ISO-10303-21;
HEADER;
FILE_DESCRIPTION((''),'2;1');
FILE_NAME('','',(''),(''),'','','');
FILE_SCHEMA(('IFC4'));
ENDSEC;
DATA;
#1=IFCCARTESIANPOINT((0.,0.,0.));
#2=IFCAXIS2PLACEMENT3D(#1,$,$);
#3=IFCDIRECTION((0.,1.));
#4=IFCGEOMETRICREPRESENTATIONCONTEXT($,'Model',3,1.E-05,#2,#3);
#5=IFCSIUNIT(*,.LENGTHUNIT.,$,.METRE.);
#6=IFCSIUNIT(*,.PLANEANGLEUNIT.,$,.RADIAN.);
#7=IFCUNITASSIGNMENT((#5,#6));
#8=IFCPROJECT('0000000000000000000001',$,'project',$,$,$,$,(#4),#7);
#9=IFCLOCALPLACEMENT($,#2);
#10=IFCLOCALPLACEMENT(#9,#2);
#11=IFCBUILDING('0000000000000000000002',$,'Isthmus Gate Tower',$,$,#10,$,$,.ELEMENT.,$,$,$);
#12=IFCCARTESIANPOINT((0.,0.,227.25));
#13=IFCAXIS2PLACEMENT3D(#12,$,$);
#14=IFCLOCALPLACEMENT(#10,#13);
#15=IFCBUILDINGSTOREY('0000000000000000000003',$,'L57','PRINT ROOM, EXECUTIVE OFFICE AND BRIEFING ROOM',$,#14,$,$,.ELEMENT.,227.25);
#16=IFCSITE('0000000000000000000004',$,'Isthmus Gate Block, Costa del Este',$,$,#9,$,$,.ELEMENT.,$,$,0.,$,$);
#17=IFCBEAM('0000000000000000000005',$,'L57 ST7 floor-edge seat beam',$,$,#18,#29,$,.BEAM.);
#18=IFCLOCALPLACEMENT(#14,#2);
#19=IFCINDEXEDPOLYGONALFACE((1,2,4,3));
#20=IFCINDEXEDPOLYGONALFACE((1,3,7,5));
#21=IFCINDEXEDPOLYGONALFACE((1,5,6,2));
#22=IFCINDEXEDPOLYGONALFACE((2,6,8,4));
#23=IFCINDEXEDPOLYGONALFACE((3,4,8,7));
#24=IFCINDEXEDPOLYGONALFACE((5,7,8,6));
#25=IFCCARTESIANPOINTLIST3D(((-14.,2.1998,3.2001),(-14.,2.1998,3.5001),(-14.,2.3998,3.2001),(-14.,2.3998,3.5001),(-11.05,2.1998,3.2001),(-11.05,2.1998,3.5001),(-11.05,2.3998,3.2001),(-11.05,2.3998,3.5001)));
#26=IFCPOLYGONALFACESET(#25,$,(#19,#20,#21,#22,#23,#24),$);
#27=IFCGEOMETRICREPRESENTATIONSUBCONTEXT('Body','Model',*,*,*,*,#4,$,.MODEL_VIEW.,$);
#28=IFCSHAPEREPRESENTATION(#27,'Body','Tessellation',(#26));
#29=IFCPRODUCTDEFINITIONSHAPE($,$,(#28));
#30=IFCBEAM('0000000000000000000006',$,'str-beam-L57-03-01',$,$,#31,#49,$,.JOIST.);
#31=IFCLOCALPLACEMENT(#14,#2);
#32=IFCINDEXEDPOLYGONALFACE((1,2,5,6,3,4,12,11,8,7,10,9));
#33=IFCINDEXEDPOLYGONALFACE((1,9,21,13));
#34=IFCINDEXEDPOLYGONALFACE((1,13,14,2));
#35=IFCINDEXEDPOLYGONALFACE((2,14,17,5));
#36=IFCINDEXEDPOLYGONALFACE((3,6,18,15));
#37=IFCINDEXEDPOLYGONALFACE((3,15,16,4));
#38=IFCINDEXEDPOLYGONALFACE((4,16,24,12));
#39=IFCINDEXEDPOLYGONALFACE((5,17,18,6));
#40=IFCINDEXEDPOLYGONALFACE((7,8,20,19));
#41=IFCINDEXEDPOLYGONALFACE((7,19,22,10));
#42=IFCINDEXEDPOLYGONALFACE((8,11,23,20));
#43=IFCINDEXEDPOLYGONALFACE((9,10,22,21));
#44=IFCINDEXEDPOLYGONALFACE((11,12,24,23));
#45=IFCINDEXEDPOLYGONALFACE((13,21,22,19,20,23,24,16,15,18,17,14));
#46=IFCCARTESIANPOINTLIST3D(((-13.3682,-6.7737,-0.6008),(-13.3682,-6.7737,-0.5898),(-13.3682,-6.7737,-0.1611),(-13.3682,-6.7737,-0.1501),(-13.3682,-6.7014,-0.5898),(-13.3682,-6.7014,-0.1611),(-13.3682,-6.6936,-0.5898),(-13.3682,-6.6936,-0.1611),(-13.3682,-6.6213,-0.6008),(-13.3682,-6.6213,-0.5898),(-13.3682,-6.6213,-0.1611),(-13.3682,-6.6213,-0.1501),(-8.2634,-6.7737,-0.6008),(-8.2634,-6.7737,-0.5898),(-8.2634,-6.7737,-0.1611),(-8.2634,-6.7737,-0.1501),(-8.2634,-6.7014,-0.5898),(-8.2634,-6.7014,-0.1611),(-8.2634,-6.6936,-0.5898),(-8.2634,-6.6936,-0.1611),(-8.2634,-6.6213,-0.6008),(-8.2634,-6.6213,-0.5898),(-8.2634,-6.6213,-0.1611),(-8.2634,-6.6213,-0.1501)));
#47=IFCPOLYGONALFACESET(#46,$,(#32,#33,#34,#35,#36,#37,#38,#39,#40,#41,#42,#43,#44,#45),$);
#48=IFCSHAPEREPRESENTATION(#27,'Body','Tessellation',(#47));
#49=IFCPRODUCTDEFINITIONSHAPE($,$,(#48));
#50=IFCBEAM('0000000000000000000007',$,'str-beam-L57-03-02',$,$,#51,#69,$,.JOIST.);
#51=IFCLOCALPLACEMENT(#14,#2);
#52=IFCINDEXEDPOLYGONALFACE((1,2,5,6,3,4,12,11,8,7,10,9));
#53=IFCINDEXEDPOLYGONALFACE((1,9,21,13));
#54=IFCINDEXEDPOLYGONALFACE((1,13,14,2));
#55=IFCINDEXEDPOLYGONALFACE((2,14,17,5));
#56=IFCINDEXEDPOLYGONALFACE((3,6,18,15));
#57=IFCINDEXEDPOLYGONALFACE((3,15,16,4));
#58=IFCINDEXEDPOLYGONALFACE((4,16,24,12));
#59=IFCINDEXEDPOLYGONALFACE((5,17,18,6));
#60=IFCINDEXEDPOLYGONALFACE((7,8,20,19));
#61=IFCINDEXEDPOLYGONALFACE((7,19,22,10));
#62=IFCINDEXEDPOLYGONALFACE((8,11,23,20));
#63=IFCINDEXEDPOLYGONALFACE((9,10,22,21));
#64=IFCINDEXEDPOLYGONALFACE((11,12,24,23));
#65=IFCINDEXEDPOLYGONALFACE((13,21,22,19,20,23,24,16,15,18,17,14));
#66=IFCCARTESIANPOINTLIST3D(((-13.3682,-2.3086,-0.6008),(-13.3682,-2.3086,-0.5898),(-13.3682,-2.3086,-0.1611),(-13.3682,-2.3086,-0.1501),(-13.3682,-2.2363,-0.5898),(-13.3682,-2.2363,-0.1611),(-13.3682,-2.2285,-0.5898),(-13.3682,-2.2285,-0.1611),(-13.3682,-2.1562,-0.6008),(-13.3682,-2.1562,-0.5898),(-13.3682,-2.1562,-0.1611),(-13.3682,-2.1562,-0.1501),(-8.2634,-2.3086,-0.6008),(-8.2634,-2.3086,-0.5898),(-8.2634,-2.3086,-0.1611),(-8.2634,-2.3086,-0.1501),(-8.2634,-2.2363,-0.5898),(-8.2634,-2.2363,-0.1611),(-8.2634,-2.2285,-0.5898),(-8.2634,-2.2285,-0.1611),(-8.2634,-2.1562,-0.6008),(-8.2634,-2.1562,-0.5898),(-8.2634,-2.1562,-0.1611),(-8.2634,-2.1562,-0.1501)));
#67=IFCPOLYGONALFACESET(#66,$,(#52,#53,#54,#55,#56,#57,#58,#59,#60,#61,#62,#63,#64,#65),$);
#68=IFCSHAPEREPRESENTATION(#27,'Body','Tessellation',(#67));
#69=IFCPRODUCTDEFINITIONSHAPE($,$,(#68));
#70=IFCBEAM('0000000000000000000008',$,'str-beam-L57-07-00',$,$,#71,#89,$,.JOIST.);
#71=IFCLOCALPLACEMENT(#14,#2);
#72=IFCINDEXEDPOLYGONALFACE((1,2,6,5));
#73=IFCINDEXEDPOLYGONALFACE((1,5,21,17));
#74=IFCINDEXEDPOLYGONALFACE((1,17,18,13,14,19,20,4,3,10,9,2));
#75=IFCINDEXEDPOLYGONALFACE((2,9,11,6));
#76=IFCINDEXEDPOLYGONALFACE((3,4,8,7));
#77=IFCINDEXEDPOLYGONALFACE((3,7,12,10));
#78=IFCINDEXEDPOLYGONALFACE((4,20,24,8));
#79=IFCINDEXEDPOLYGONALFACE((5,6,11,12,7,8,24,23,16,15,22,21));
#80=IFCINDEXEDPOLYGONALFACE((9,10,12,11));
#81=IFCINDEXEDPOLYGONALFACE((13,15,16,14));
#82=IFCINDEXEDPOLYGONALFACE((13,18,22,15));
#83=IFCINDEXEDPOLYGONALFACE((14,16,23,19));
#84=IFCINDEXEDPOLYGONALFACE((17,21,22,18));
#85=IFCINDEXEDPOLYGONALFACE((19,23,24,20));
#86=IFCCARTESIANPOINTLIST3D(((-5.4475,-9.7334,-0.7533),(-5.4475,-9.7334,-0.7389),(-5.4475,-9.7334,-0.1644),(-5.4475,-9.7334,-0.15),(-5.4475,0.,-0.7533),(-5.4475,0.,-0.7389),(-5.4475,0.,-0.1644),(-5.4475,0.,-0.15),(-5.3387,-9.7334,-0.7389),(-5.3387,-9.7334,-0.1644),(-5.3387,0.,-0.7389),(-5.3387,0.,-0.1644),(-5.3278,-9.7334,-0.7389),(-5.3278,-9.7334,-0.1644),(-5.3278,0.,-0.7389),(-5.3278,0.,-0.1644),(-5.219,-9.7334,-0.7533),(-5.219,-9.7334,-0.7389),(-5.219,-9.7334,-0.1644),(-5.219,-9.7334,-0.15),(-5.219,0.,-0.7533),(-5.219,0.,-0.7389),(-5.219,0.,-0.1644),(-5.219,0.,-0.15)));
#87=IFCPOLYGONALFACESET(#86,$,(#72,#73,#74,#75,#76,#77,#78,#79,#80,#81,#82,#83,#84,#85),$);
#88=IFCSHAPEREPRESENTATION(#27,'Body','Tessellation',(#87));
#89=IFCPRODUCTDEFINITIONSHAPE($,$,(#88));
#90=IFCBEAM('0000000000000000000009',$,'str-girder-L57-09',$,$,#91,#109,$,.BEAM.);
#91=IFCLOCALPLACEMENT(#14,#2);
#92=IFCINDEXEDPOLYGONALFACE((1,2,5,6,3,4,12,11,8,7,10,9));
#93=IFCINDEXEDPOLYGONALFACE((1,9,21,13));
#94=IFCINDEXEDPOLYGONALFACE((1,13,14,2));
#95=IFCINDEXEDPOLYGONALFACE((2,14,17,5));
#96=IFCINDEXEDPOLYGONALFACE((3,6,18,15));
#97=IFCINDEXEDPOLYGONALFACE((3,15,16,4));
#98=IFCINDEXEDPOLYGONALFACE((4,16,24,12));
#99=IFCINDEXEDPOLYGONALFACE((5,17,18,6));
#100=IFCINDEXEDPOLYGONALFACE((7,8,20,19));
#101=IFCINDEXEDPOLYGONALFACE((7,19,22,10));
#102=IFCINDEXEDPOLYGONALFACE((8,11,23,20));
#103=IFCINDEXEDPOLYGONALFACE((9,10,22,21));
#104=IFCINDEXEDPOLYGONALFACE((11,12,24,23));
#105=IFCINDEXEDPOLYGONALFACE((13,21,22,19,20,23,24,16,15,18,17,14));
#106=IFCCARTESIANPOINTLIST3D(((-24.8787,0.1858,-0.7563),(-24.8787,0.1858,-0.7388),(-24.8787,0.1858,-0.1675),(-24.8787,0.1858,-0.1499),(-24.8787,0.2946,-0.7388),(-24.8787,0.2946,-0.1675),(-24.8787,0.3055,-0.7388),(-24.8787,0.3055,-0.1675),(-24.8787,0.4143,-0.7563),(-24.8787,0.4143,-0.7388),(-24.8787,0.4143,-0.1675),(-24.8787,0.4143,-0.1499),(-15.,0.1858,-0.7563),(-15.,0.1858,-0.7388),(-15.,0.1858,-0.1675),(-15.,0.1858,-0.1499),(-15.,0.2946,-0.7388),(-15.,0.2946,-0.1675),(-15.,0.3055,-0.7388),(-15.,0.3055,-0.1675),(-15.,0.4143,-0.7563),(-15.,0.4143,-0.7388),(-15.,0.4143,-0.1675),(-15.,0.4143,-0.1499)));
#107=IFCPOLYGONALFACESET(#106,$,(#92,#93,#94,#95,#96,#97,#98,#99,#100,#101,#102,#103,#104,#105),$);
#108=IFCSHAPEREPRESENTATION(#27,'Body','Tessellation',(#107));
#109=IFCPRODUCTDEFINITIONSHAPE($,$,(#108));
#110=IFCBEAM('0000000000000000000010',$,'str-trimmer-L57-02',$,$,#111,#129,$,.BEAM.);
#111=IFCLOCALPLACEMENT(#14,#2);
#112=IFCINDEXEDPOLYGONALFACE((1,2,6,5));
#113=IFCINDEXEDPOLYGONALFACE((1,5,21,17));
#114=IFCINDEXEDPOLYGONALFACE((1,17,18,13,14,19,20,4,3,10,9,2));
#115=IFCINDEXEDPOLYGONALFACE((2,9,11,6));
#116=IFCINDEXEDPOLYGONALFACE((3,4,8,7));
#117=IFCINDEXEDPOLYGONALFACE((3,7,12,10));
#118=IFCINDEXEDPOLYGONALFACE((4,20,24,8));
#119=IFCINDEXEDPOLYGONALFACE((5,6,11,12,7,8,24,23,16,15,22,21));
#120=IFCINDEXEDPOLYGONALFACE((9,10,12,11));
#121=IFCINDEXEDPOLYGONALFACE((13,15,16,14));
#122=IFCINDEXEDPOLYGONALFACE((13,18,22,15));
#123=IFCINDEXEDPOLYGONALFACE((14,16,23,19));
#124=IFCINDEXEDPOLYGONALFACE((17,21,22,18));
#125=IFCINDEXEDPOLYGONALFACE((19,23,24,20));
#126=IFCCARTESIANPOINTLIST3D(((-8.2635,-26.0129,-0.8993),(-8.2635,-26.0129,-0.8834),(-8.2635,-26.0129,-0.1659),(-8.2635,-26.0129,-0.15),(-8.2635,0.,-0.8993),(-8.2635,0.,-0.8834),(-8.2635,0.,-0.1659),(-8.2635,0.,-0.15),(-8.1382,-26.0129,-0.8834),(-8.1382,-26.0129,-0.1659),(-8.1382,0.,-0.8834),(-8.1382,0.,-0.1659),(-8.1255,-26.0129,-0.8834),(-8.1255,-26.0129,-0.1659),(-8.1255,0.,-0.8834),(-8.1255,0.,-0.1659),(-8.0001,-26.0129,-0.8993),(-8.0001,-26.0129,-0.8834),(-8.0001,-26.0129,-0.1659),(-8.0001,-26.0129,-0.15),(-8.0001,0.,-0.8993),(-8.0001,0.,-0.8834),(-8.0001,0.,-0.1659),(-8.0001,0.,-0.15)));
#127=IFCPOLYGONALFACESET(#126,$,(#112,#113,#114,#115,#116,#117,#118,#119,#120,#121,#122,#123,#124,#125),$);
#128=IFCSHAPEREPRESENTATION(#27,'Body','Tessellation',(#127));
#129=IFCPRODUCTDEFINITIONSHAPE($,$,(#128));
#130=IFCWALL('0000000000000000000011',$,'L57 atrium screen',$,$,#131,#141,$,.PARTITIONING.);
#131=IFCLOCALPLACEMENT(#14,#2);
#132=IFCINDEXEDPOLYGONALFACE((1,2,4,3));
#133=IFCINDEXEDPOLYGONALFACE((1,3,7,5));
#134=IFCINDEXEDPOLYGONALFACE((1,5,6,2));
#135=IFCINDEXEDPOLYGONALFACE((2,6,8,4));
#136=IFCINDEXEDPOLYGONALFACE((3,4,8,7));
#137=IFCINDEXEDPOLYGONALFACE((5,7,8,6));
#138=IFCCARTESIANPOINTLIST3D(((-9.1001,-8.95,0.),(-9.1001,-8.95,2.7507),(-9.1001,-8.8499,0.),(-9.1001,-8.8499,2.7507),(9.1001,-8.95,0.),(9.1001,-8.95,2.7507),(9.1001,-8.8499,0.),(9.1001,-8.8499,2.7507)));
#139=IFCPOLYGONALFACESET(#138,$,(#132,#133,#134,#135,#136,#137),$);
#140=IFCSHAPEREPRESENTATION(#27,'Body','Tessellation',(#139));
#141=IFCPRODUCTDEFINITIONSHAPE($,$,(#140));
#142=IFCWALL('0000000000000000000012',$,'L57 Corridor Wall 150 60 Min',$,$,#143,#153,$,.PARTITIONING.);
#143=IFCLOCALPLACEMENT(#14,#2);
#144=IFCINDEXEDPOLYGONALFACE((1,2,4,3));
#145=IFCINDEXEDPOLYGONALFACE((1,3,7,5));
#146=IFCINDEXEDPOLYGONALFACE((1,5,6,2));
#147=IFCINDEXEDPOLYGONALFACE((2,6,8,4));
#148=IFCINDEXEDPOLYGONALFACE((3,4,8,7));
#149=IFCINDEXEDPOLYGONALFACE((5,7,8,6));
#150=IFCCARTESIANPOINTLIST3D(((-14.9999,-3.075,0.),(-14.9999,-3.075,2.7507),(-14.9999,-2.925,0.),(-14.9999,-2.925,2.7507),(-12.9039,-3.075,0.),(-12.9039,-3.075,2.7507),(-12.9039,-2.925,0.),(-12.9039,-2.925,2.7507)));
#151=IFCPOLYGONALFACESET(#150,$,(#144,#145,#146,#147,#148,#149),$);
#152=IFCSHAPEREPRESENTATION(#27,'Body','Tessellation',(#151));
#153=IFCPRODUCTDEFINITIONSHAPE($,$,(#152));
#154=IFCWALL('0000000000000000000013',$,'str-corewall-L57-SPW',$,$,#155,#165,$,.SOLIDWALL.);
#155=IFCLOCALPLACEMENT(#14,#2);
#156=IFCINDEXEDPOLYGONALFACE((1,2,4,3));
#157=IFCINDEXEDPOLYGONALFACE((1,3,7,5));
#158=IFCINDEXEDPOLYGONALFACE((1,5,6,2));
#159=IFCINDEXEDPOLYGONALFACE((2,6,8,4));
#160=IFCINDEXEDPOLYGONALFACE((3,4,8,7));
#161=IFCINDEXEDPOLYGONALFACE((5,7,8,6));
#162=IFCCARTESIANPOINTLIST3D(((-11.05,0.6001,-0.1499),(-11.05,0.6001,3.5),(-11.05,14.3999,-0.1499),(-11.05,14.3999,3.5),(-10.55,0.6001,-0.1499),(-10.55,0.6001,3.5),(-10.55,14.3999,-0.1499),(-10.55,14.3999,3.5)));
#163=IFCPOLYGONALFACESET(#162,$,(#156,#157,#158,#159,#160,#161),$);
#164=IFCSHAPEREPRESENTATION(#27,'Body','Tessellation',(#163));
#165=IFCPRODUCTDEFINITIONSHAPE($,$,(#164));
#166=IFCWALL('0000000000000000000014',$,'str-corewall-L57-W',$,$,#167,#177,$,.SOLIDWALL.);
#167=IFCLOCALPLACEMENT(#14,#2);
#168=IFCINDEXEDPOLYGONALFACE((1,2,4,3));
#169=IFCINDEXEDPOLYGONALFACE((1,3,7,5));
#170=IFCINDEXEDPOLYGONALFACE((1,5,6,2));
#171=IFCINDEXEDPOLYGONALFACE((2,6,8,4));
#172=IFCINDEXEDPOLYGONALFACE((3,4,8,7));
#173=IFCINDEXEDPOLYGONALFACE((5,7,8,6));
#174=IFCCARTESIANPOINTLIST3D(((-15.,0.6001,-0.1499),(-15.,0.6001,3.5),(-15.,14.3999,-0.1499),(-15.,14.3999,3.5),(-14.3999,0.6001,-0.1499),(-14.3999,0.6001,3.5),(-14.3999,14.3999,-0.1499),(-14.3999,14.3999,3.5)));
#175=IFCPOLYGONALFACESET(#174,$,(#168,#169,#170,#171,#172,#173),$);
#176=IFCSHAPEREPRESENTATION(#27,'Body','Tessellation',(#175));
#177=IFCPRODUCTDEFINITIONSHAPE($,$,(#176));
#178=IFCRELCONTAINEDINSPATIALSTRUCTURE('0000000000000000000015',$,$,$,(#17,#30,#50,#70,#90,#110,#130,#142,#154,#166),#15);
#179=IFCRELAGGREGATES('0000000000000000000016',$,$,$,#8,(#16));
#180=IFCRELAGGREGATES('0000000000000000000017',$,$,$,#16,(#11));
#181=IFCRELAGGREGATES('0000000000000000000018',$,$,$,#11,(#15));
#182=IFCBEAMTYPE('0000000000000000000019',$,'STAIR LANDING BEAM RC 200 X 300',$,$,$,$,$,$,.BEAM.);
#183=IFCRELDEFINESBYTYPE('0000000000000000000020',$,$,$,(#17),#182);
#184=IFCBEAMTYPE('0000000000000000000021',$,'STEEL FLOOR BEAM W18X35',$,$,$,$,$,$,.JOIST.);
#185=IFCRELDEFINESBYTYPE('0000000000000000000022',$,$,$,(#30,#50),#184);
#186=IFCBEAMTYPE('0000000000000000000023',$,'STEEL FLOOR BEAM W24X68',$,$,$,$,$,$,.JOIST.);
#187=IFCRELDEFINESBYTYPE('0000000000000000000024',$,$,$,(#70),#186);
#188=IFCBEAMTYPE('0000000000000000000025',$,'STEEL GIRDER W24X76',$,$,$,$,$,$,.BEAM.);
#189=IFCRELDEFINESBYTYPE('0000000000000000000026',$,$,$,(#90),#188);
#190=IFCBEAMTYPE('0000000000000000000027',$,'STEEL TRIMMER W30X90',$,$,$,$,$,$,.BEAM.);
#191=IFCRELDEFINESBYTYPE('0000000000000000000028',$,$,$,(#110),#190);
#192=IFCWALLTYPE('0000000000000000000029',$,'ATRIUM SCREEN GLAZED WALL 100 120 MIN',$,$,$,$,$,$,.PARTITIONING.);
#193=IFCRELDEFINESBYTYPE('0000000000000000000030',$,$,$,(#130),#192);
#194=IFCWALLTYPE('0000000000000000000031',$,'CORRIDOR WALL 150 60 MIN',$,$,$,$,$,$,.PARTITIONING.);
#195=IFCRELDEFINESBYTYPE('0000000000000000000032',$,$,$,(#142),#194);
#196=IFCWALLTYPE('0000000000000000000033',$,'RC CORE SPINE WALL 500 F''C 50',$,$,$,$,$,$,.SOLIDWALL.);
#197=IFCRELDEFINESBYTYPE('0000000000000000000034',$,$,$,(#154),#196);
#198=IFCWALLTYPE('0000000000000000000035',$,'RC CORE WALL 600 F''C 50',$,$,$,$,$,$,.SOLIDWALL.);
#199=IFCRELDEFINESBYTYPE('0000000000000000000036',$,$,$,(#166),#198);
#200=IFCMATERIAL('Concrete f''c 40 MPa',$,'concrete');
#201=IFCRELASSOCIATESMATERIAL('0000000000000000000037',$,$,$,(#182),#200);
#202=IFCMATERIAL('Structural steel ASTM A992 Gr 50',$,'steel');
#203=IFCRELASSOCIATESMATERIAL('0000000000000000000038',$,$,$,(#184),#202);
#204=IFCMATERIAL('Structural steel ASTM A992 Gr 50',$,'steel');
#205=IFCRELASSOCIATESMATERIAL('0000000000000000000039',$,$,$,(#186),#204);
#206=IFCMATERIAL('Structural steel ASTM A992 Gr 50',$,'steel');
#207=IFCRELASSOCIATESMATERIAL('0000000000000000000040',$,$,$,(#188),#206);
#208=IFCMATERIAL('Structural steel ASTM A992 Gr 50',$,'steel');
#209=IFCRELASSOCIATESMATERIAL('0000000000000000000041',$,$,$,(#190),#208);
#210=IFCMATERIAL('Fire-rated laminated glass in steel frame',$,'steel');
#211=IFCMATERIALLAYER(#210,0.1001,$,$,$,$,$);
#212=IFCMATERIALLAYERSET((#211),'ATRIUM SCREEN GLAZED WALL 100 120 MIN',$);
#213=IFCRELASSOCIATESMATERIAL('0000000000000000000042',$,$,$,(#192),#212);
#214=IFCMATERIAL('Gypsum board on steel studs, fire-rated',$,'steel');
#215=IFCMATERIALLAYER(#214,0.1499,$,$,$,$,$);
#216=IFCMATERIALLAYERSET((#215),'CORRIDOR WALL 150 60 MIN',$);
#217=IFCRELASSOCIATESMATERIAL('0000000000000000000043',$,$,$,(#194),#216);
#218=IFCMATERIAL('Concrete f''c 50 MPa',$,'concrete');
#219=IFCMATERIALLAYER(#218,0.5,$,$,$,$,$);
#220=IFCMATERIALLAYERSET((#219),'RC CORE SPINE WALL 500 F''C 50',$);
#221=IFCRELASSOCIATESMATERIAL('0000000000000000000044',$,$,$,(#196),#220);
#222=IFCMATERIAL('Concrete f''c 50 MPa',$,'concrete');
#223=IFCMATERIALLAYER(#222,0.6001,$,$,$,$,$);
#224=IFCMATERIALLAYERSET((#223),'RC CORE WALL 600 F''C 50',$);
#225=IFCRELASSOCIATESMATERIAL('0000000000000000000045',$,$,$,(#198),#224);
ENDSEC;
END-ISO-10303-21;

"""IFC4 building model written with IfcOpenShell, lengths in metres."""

from ifc_helpers import new_model, si_unit, direction, frame, frame_2d, origin, origin_2d, place, context, subcontext, project, spatial, rectangle, i_section, extrude, material, layer, layer_set, material_profile, profile_set, type_object, element, save


model = new_model("IFC4")

# Units and contexts
model_context = context("Model", 3, precision=1e-05, world=origin(), true_north=direction((0.0, 1.0)))
body_context = subcontext(model_context, "Body", "Model", "MODEL_VIEW")
ifc_project = project(units=[si_unit("LENGTHUNIT", "METRE"), si_unit("PLANEANGLEUNIT", "RADIAN")], contexts=[model_context])

# Site, building, storey
site_placement = place(None, origin())
site = spatial("IfcSite", under=ifc_project, at=site_placement, Name="Isthmus Gate Block, Costa del Este", CompositionType="ELEMENT", RefElevation=0.0)
building_placement = place(site_placement, origin())
building = spatial("IfcBuilding", under=site, at=building_placement, Name="Isthmus Gate Tower", CompositionType="ELEMENT")
storey_placement = place(building_placement, frame((0.0, 0.0, 227.25)))
storey = spatial("IfcBuildingStorey", under=building, at=storey_placement, Name="L57", Description="PRINT ROOM, EXECUTIVE OFFICE AND BRIEFING ROOM", CompositionType="ELEMENT", Elevation=227.25)

# Beams
ifc_material_1 = material(Name="Concrete f'c 40 MPa", Category="concrete")
ifc_material_profile_1 = material_profile(ifc_material_1, rectangle(XDim=0.2, YDim=0.3, at=origin_2d()), Name="STAIR LANDING BEAM RC 200 X 300")
ifc_profile_set_1 = profile_set([ifc_material_profile_1], Name="Concrete f'c 40 MPa")
beam_type_1 = type_object("IfcBeamType", Name="STAIR LANDING BEAM RC 200 X 300", PredefinedType="BEAM", material=ifc_profile_set_1)
beam_1_placement = place(storey_placement, frame((-14.0, 2.2998, 3.3501), z_axis=(1.0, 0.0, 0.0), x_axis=(0.0, 1.0, 0.0)))
element("IfcBeam", 1, at=beam_1_placement, inside=storey, type_object=beam_type_1, Name="L57 ST7 floor-edge seat beam", PredefinedType="BEAM", context=body_context, shape_type="SweptSolid", body=[
    extrude(rectangle(XDim=0.2, YDim=0.3, at=origin_2d()), origin(), (0.0, 0.0, 1.0), 2.95),
])
ifc_material_2 = material(Name="Structural steel ASTM A992 Gr 50", Category="steel")
ifc_material_profile_2 = material_profile(ifc_material_2, i_section(OverallWidth=0.1523, OverallDepth=0.4507, WebThickness=0.0078, FlangeThickness=0.011, at=origin_2d()), Name="W18X35")
ifc_profile_set_2 = profile_set([ifc_material_profile_2], Name="Structural steel ASTM A992 Gr 50")
beam_type_2 = type_object("IfcBeamType", Name="STEEL FLOOR BEAM W18X35", PredefinedType="JOIST", material=ifc_profile_set_2)
for number, where, z_axis, x_axis, name in (
    (2, (-13.3682, -6.6975, -0.3755), (1.0, 0.0, 0.0), (0.0, 1.0, 0.0), "str-beam-L57-03-01"),
    (3, (-13.3682, -2.2324, -0.3755), (1.0, 0.0, 0.0), (0.0, 1.0, 0.0), "str-beam-L57-03-02"),
):
    element("IfcBeam", number, at=place(storey_placement, frame(where, z_axis=z_axis, x_axis=x_axis)), inside=storey, type_object=beam_type_2, Name=name, PredefinedType="JOIST", context=body_context, shape_type="SweptSolid", body=[
        extrude(i_section(OverallWidth=0.1523, OverallDepth=0.4507, WebThickness=0.0078, FlangeThickness=0.011, at=origin_2d()), origin(), (0.0, 0.0, 1.0), 5.1047),
    ])
ifc_material_3 = material(Name="Structural steel ASTM A992 Gr 50", Category="steel")
ifc_material_profile_3 = material_profile(ifc_material_3, i_section(OverallWidth=0.2285, OverallDepth=0.6033, WebThickness=0.011, FlangeThickness=0.0144, at=origin_2d()), Name="W24X68")
ifc_profile_set_3 = profile_set([ifc_material_profile_3], Name="Structural steel ASTM A992 Gr 50")
beam_type_3 = type_object("IfcBeamType", Name="STEEL FLOOR BEAM W24X68", PredefinedType="JOIST", material=ifc_profile_set_3)
beam_2_placement = place(storey_placement, frame((-5.3333, -9.7334, -0.4517), z_axis=(0.0, 1.0, 0.0), x_axis=(-1.0, 0.0, 0.0)))
element("IfcBeam", 4, at=beam_2_placement, inside=storey, type_object=beam_type_3, Name="str-beam-L57-07-00", PredefinedType="JOIST", context=body_context, shape_type="SweptSolid", body=[
    extrude(i_section(OverallWidth=0.2285, OverallDepth=0.6033, WebThickness=0.011, FlangeThickness=0.0144, at=origin_2d()), origin(), (0.0, 0.0, 1.0), 9.7334),
])
ifc_material_4 = material(Name="Structural steel ASTM A992 Gr 50", Category="steel")
ifc_material_profile_4 = material_profile(ifc_material_4, i_section(OverallWidth=0.2285, OverallDepth=0.6064, WebThickness=0.011, FlangeThickness=0.0176, at=origin_2d()), Name="W24X76")
ifc_profile_set_4 = profile_set([ifc_material_profile_4], Name="Structural steel ASTM A992 Gr 50")
beam_type_4 = type_object("IfcBeamType", Name="STEEL GIRDER W24X76", PredefinedType="BEAM", material=ifc_profile_set_4)
beam_3_placement = place(storey_placement, frame((-15.0, 0.3, -0.4531), z_axis=(-1.0, 0.0, 0.0), x_axis=(0.0, -1.0, 0.0)))
element("IfcBeam", 5, at=beam_3_placement, inside=storey, type_object=beam_type_4, Name="str-girder-L57-09", PredefinedType="BEAM", context=body_context, shape_type="SweptSolid", body=[
    extrude(i_section(OverallWidth=0.2285, OverallDepth=0.6064, WebThickness=0.011, FlangeThickness=0.0176, at=origin_2d()), origin(), (0.0, 0.0, 1.0), 9.8787),
])
ifc_material_5 = material(Name="Structural steel ASTM A992 Gr 50", Category="steel")
ifc_material_profile_5 = material_profile(ifc_material_5, i_section(OverallWidth=0.2634, OverallDepth=0.7493, WebThickness=0.0127, FlangeThickness=0.0159, at=origin_2d()), Name="W30X90")
ifc_profile_set_5 = profile_set([ifc_material_profile_5], Name="Structural steel ASTM A992 Gr 50")
beam_type_5 = type_object("IfcBeamType", Name="STEEL TRIMMER W30X90", PredefinedType="BEAM", material=ifc_profile_set_5)
beam_4_placement = place(storey_placement, frame((-8.1318, 0.0, -0.5247), z_axis=(0.0, -1.0, 0.0), x_axis=(1.0, 0.0, 0.0)))
element("IfcBeam", 6, at=beam_4_placement, inside=storey, type_object=beam_type_5, Name="str-trimmer-L57-02", PredefinedType="BEAM", context=body_context, shape_type="SweptSolid", body=[
    extrude(i_section(OverallWidth=0.2634, OverallDepth=0.7493, WebThickness=0.0127, FlangeThickness=0.0159, at=origin_2d()), origin(), (0.0, 0.0, 1.0), 26.0129),
])

# Walls
ifc_material_6 = material(Name="Fire-rated laminated glass in steel frame", Category="steel")
ifc_layer_1 = layer(ifc_material_6, 0.1001)
ifc_layer_set_1 = layer_set([ifc_layer_1], Name="ATRIUM SCREEN GLAZED WALL 100 120 MIN")
wall_type_1 = type_object("IfcWallType", Name="ATRIUM SCREEN GLAZED WALL 100 120 MIN", PredefinedType="PARTITIONING", material=ifc_layer_set_1)
wall_1_placement = place(storey_placement, frame((-9.1001, -8.8999, 0.0), z_axis=(0.0, 0.0, 1.0), x_axis=(1.0, 0.0, 0.0)))
element("IfcWall", 7, at=wall_1_placement, inside=storey, type_object=wall_type_1, Name="L57 atrium screen", PredefinedType="PARTITIONING", context=body_context, shape_type="SweptSolid", body=[
    extrude(rectangle(XDim=18.2002, YDim=0.1001, at=frame_2d((9.1001, 0.0))), origin(), (0.0, 0.0, 1.0), 2.7507),
])
ifc_material_7 = material(Name="Gypsum board on steel studs, fire-rated", Category="steel")
ifc_layer_2 = layer(ifc_material_7, 0.1499)
ifc_layer_set_2 = layer_set([ifc_layer_2], Name="CORRIDOR WALL 150 60 MIN")
wall_type_2 = type_object("IfcWallType", Name="CORRIDOR WALL 150 60 MIN", PredefinedType="PARTITIONING", material=ifc_layer_set_2)
wall_2_placement = place(storey_placement, frame((-12.9041, -3.0, 0.0), z_axis=(0.0, 0.0, 1.0), x_axis=(-1.0, 0.0, 0.0)))
element("IfcWall", 8, at=wall_2_placement, inside=storey, type_object=wall_type_2, Name="L57 Corridor Wall 150 60 Min", PredefinedType="PARTITIONING", context=body_context, shape_type="SweptSolid", body=[
    extrude(rectangle(XDim=2.0959, YDim=0.1499, at=frame_2d((1.0479, 0.0))), origin(), (0.0, 0.0, 1.0), 2.7507),
])
ifc_material_8 = material(Name="Concrete f'c 50 MPa", Category="concrete")
ifc_layer_3 = layer(ifc_material_8, 0.5)
ifc_layer_set_3 = layer_set([ifc_layer_3], Name="RC CORE SPINE WALL 500 F'C 50")
wall_type_3 = type_object("IfcWallType", Name="RC CORE SPINE WALL 500 F'C 50", PredefinedType="SOLIDWALL", material=ifc_layer_set_3)
wall_3_placement = place(storey_placement, frame((-10.8, 0.6001, -0.1499), z_axis=(0.0, 0.0, 1.0), x_axis=(0.0, 1.0, 0.0)))
element("IfcWall", 9, at=wall_3_placement, inside=storey, type_object=wall_type_3, Name="str-corewall-L57-SPW", PredefinedType="SOLIDWALL", context=body_context, shape_type="SweptSolid", body=[
    extrude(rectangle(XDim=13.7998, YDim=0.5, at=frame_2d((6.8999, 0.0))), origin(), (0.0, 0.0, 1.0), 3.6499),
])
ifc_material_9 = material(Name="Concrete f'c 50 MPa", Category="concrete")
ifc_layer_4 = layer(ifc_material_9, 0.6001)
ifc_layer_set_4 = layer_set([ifc_layer_4], Name="RC CORE WALL 600 F'C 50")
wall_type_4 = type_object("IfcWallType", Name="RC CORE WALL 600 F'C 50", PredefinedType="SOLIDWALL", material=ifc_layer_set_4)
wall_4_placement = place(storey_placement, frame((-14.7, 0.6001, -0.1499), z_axis=(0.0, 0.0, 1.0), x_axis=(0.0, 1.0, 0.0)))
element("IfcWall", 10, at=wall_4_placement, inside=storey, type_object=wall_type_4, Name="str-corewall-L57-W", PredefinedType="SOLIDWALL", context=body_context, shape_type="SweptSolid", body=[
    extrude(rectangle(XDim=13.7998, YDim=0.6001, at=frame_2d((6.8999, 0.0))), origin(), (0.0, 0.0, 1.0), 3.6499),
])

save(model, "model.ifc")
